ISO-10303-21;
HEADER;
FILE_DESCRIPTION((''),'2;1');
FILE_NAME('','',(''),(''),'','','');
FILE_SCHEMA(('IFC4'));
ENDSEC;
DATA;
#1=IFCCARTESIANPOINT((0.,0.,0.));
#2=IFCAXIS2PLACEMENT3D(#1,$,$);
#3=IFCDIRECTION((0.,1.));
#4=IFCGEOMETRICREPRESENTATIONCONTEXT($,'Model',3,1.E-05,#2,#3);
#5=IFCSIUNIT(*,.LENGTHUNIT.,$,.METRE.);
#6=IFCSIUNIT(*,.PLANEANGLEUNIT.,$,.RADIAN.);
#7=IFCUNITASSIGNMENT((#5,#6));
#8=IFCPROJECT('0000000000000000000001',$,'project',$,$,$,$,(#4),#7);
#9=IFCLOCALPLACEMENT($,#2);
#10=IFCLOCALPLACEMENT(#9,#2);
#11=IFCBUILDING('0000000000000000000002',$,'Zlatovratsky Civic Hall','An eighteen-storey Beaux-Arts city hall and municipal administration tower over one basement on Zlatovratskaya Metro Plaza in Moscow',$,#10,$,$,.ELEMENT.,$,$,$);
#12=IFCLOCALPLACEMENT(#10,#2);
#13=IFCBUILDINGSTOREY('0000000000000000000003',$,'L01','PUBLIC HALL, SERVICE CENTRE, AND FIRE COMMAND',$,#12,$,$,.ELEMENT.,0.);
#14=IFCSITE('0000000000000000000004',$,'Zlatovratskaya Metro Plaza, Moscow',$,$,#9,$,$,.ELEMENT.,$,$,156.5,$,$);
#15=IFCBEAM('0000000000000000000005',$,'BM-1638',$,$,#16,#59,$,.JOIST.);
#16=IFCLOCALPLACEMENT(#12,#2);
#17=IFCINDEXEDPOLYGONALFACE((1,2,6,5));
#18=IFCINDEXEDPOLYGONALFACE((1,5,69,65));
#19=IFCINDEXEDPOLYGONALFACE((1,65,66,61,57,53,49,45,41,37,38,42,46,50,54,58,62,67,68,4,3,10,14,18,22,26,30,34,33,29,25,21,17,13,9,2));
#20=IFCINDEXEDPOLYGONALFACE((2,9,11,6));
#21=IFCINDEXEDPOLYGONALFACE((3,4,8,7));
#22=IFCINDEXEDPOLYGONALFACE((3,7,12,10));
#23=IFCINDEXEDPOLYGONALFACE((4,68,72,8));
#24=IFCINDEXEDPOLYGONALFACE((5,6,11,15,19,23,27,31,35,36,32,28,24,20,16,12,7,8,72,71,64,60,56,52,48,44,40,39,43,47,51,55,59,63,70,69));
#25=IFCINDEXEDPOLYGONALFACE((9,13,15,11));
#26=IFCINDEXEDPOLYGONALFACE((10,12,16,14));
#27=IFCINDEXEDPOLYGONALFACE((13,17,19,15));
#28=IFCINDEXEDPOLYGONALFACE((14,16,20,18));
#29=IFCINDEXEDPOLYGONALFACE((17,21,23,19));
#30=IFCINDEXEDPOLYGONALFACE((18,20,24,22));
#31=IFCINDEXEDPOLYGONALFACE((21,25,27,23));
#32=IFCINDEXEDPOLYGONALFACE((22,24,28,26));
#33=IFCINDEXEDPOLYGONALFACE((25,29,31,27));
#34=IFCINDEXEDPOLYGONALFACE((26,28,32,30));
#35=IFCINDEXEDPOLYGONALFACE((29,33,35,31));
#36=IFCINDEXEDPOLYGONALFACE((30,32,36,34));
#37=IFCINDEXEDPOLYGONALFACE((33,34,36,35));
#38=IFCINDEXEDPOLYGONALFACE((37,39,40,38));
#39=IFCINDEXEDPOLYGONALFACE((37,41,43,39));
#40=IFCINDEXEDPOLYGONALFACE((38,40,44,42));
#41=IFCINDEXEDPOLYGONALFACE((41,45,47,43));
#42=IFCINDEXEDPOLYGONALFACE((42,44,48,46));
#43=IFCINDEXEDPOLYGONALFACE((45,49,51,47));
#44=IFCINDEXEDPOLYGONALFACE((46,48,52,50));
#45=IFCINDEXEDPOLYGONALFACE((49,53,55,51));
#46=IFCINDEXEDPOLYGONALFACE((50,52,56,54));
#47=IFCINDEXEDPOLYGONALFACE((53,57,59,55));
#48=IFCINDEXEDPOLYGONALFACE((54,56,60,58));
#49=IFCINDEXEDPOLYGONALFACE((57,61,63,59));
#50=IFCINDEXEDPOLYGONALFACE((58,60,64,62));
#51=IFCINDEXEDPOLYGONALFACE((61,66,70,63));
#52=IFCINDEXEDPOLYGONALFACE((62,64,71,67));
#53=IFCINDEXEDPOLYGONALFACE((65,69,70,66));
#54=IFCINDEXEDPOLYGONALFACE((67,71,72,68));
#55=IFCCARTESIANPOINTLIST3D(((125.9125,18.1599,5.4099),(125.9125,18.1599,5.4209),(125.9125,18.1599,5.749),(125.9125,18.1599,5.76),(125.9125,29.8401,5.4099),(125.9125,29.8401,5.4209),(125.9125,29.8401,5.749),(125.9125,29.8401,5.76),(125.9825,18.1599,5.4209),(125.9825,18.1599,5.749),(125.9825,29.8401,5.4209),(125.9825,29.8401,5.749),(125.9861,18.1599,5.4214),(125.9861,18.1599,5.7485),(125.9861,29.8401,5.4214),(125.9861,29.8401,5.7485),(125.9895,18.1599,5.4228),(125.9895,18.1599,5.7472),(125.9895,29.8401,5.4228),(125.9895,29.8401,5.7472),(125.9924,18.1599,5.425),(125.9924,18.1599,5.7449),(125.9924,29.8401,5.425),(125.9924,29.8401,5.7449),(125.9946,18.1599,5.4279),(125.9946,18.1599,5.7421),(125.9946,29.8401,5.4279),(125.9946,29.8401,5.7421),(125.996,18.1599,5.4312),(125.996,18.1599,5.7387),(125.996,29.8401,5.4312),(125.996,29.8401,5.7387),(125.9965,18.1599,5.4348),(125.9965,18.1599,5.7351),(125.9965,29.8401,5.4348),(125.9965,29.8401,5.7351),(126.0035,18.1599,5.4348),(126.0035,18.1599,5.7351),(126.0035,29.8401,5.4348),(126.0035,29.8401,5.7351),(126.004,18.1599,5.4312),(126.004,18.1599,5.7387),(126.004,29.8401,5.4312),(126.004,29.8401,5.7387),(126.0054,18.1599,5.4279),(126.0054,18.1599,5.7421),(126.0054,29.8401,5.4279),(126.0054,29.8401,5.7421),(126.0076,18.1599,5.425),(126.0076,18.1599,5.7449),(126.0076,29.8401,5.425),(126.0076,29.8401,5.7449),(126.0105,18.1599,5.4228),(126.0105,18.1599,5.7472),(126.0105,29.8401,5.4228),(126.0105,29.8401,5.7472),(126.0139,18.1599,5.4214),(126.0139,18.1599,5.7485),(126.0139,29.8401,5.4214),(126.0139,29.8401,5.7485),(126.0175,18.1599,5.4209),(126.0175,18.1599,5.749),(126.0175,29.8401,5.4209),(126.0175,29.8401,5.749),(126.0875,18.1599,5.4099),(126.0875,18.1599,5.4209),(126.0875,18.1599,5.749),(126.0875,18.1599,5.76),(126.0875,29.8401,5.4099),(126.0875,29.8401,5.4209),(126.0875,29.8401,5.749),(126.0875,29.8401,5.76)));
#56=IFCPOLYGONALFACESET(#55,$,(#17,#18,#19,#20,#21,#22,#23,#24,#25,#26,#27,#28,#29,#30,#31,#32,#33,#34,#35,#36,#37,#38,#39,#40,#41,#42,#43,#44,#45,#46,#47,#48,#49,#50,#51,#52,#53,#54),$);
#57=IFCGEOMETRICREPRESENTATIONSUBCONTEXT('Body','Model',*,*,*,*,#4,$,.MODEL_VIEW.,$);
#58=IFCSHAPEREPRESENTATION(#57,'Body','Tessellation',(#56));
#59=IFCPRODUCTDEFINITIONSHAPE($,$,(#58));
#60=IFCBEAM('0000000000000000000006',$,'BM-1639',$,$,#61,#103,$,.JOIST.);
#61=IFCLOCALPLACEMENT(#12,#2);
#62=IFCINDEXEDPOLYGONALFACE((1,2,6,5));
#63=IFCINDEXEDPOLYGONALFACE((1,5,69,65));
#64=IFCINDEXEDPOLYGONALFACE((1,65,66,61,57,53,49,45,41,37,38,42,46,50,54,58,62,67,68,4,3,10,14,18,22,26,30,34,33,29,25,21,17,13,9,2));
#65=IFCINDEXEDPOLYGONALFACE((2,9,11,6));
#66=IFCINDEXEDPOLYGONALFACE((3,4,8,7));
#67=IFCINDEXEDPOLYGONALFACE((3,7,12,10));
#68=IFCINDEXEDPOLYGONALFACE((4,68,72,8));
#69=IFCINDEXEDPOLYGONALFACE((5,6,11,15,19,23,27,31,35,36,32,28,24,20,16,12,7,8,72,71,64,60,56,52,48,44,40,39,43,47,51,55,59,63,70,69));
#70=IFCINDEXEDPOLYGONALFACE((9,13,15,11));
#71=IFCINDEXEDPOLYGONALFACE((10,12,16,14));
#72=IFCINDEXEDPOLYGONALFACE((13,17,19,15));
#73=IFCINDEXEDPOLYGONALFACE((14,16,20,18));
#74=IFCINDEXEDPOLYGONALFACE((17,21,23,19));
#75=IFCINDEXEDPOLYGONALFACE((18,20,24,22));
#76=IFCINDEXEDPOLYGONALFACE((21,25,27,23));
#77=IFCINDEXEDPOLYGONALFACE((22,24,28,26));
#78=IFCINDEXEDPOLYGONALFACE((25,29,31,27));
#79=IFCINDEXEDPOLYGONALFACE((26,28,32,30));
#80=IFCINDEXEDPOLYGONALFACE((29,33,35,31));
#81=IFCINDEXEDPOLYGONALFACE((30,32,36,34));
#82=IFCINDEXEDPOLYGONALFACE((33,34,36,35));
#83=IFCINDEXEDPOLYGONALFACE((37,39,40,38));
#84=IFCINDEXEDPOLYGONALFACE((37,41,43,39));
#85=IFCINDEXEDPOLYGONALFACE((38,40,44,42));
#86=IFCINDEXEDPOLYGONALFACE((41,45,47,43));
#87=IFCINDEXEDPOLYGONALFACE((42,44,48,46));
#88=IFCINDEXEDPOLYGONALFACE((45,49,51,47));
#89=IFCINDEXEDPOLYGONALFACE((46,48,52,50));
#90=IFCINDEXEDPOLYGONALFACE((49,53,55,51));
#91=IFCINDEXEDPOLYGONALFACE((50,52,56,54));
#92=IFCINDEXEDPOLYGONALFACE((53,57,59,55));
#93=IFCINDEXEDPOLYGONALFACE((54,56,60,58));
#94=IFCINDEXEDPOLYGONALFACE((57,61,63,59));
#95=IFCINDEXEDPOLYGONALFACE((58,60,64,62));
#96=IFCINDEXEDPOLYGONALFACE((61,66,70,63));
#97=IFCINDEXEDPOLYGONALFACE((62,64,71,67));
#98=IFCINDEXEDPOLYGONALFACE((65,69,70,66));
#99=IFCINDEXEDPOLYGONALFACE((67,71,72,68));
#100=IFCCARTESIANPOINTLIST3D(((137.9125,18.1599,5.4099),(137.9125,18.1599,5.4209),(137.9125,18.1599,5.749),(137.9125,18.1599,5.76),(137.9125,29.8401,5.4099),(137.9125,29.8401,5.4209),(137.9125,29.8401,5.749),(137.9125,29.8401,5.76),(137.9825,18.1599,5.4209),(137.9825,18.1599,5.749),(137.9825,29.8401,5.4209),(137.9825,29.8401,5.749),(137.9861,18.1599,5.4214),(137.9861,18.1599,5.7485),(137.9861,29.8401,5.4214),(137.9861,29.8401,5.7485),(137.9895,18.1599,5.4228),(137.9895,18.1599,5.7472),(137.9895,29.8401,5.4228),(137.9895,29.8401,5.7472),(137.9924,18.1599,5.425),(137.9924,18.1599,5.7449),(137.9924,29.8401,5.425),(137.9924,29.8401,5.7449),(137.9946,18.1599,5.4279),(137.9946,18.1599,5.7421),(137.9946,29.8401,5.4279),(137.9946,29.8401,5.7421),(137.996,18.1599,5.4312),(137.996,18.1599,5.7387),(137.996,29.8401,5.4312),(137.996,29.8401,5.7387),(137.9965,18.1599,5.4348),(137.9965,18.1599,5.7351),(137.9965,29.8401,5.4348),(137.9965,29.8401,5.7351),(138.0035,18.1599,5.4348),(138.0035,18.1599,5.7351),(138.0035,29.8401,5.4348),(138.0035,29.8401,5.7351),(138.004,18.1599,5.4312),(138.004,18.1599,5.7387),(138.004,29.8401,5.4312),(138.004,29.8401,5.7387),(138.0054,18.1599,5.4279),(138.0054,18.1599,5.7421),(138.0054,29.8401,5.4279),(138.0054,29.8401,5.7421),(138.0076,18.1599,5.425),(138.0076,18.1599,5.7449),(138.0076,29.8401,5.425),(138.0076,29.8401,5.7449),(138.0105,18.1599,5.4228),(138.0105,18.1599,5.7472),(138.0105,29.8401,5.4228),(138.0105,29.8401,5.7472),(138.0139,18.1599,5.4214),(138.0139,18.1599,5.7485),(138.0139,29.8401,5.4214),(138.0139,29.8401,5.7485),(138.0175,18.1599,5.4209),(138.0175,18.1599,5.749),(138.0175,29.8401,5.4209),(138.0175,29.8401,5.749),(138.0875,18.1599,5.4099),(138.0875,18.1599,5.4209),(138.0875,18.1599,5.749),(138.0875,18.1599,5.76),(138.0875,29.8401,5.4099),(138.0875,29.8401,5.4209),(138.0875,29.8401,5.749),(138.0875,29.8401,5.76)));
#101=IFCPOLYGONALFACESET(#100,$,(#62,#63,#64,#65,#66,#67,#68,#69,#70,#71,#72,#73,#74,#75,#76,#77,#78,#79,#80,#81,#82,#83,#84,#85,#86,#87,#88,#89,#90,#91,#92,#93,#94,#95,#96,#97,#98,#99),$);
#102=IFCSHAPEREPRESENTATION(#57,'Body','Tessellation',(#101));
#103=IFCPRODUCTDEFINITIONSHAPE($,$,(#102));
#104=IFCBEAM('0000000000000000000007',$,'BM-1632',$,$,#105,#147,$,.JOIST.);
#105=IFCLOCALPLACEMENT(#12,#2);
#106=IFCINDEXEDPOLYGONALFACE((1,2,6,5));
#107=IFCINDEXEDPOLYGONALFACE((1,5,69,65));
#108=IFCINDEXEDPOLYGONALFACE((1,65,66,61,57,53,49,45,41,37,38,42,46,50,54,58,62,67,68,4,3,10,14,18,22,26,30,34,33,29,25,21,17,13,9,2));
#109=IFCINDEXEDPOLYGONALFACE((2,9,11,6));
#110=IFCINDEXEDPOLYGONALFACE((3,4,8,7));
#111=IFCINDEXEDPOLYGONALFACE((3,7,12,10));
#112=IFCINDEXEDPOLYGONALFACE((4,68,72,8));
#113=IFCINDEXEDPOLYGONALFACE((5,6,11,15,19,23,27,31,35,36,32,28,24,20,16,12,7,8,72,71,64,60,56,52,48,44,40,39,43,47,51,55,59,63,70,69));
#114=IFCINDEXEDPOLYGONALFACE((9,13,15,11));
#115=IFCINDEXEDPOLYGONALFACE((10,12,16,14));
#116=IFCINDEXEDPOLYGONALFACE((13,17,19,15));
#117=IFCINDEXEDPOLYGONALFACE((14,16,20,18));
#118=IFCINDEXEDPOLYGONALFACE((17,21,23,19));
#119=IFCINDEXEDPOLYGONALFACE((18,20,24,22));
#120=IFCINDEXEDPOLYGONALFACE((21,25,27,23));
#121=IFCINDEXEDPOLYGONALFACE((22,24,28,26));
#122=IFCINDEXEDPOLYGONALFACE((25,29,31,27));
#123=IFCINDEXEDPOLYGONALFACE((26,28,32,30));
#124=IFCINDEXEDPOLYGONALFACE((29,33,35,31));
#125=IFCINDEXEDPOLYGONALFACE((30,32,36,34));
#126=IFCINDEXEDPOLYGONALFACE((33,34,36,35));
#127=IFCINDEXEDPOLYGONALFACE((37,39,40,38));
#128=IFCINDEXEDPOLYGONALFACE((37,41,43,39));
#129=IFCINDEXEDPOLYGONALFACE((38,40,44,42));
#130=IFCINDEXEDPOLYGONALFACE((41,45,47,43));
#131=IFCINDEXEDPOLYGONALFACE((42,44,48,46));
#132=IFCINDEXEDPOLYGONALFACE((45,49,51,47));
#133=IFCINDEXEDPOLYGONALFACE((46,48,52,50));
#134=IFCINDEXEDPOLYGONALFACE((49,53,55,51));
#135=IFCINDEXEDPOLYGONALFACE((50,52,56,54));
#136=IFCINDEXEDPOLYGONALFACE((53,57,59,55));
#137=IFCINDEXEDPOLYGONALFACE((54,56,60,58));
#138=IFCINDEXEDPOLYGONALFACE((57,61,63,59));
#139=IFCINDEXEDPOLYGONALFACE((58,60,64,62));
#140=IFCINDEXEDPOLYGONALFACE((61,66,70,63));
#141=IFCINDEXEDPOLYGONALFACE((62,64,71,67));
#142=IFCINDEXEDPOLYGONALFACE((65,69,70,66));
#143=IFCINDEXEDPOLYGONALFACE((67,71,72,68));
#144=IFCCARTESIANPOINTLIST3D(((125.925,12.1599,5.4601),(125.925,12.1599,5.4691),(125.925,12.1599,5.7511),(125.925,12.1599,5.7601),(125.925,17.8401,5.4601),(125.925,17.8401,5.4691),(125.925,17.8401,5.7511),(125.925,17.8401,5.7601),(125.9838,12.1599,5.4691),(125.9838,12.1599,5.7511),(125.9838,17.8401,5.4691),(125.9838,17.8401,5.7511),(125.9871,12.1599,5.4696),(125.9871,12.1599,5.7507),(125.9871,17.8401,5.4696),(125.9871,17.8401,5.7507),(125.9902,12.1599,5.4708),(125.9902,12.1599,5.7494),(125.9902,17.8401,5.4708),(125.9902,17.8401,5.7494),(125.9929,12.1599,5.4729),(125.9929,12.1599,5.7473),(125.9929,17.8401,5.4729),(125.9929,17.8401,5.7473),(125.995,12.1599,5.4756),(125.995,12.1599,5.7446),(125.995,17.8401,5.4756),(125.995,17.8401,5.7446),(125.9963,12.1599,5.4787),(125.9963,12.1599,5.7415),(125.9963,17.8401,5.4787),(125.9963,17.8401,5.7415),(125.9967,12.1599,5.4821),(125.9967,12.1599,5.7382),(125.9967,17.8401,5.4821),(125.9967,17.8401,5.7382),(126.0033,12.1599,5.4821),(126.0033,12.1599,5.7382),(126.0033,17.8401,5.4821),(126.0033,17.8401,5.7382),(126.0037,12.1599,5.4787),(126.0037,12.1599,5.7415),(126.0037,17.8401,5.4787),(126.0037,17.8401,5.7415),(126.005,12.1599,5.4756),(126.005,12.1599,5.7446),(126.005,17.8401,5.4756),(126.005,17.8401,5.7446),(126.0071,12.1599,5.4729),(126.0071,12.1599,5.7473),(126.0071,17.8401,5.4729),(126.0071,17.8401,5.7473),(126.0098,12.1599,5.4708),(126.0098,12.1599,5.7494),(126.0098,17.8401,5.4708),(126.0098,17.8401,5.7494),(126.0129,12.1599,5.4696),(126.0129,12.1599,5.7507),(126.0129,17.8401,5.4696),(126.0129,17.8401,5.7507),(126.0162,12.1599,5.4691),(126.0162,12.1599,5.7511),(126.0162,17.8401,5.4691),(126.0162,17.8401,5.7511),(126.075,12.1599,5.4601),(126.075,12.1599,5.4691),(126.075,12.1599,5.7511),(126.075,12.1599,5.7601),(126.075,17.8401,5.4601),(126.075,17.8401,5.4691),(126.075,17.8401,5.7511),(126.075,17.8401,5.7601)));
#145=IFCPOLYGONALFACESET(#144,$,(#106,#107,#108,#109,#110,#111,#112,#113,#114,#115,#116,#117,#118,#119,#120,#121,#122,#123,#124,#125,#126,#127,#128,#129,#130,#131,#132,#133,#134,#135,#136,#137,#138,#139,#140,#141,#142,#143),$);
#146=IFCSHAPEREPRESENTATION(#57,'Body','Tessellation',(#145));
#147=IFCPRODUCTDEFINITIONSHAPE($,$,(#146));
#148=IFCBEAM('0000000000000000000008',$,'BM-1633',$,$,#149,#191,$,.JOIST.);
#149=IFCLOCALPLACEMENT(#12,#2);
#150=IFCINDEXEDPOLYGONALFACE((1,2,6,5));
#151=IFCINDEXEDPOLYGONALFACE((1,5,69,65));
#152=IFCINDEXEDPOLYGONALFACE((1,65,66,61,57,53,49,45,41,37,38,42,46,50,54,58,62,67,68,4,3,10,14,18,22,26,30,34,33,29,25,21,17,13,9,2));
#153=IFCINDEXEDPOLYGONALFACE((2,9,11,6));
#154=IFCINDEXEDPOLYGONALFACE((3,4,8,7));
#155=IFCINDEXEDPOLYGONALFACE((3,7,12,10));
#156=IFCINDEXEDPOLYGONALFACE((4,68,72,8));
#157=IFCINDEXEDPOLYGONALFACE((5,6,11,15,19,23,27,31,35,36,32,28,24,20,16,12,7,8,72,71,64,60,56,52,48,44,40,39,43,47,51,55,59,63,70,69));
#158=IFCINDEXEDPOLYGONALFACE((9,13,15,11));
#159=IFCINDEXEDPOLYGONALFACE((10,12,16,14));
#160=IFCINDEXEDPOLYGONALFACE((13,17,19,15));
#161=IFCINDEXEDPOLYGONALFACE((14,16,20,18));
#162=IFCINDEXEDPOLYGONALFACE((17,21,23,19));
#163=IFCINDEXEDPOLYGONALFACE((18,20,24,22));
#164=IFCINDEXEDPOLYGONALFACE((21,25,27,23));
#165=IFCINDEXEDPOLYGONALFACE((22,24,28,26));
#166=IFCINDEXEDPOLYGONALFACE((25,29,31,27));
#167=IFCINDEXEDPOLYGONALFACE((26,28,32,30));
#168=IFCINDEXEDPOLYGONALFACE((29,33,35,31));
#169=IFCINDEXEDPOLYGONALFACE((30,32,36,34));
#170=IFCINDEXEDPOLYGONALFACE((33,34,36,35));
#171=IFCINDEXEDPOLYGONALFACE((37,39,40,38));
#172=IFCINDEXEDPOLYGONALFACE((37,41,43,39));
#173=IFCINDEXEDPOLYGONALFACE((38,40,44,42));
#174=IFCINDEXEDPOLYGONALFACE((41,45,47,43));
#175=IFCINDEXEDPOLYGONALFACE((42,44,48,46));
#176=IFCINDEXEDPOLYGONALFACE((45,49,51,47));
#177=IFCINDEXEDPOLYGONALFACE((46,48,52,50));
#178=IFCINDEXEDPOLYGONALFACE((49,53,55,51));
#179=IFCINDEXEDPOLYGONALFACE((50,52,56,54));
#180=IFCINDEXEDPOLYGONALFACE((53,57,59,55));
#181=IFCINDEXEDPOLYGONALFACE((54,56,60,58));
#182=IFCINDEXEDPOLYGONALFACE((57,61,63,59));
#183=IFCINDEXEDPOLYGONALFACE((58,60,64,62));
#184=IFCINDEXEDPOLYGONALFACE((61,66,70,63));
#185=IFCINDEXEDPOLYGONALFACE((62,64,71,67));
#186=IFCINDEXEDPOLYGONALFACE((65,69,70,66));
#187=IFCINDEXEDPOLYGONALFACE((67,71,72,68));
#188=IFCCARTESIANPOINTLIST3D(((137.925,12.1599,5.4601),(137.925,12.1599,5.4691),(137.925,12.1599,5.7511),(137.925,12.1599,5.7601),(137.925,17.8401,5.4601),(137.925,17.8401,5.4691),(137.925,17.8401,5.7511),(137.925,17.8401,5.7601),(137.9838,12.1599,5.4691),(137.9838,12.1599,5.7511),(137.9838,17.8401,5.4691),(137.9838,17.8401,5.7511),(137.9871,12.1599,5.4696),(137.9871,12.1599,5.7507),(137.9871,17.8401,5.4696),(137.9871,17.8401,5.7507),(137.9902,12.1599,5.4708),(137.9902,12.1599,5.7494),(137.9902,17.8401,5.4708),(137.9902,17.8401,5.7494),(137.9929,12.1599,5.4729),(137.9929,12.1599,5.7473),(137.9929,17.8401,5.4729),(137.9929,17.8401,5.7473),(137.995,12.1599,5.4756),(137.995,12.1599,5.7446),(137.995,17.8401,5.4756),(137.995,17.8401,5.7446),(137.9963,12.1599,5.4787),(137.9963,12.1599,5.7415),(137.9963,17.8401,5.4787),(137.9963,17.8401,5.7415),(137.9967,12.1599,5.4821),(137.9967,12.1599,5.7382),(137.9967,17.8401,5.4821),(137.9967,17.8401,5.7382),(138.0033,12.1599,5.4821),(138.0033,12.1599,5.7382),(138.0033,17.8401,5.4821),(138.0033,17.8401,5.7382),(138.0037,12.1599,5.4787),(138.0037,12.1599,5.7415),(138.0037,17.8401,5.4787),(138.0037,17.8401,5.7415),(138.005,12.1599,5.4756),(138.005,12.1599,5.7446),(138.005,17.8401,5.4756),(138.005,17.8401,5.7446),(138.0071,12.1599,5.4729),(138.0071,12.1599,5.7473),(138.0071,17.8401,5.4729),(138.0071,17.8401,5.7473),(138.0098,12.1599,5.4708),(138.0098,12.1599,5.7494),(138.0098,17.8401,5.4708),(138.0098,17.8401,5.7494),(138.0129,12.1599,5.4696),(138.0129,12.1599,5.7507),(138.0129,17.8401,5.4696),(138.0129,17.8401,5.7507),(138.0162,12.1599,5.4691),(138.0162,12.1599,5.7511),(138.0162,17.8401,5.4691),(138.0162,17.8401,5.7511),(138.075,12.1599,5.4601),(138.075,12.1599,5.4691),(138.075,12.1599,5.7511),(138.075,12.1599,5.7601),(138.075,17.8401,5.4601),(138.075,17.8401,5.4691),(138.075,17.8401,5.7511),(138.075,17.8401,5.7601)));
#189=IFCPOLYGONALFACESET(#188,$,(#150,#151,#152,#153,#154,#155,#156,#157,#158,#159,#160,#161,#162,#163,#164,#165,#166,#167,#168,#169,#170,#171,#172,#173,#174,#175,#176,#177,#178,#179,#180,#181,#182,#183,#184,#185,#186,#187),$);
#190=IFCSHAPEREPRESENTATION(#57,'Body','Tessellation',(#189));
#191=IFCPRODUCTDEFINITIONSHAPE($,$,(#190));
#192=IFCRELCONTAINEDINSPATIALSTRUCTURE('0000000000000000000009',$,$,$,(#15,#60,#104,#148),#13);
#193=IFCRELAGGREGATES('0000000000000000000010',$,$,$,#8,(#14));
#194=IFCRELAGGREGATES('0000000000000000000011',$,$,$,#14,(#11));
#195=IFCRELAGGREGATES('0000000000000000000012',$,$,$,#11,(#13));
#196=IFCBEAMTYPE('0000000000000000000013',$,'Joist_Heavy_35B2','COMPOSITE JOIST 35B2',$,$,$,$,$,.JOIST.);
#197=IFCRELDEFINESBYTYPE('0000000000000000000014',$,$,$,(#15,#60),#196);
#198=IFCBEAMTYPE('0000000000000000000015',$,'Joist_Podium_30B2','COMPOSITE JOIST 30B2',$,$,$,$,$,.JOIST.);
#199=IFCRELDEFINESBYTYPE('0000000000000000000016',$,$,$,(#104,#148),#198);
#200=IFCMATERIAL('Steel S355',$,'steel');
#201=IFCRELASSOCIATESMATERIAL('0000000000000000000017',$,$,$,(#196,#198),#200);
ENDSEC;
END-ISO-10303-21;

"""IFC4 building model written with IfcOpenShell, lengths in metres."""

from ifc_helpers import new_model, si_unit, direction, frame, origin, origin_2d, place, context, subcontext, project, spatial, i_section, extrude, material, material_profile, profile_set, type_object, element, save


model = new_model("IFC4")

# Units and contexts
model_context = context("Model", 3, precision=1e-05, world=origin(), true_north=direction((0.0, 1.0)))
body_context = subcontext(model_context, "Body", "Model", "MODEL_VIEW")
ifc_project = project(units=[si_unit("LENGTHUNIT", "METRE"), si_unit("PLANEANGLEUNIT", "RADIAN")], contexts=[model_context])

# Site, building, storey
site_placement = place(None, origin())
site = spatial("IfcSite", under=ifc_project, at=site_placement, Name="Zlatovratskaya Metro Plaza, Moscow", CompositionType="ELEMENT", RefElevation=156.5)
building_placement = place(site_placement, origin())
building = spatial("IfcBuilding", under=site, at=building_placement, Name="Zlatovratsky Civic Hall", Description="An eighteen-storey Beaux-Arts city hall and municipal administration tower over one basement on Zlatovratskaya Metro Plaza in Moscow", CompositionType="ELEMENT")
storey_placement = place(building_placement, origin())
storey = spatial("IfcBuildingStorey", under=building, at=storey_placement, Name="L01", Description="PUBLIC HALL, SERVICE CENTRE, AND FIRE COMMAND", CompositionType="ELEMENT", Elevation=0.0)

# Shared definitions
ifc_material_1 = material(Name="Steel S355", Category="steel")

# Beams
ifc_material_profile_1 = material_profile(ifc_material_1, i_section(OverallWidth=0.175, OverallDepth=0.3501, WebThickness=0.0071, FlangeThickness=0.011, FilletRadius=0.0139, at=origin_2d()), Name="35B2")
ifc_profile_set_1 = profile_set([ifc_material_profile_1], Name="Steel S355")
beam_type_1 = type_object("IfcBeamType", Name="Joist_Heavy_35B2", Description="COMPOSITE JOIST 35B2", PredefinedType="JOIST", material=ifc_profile_set_1)
for number, where, z_axis, x_axis, name in (
    (1, (126.0, 18.1599, 5.585), (0.0, 1.0, 0.0), (-1.0, 0.0, 0.0), "BM-1638"),
    (2, (138.0, 18.1599, 5.585), (0.0, 1.0, 0.0), (-1.0, 0.0, 0.0), "BM-1639"),
):
    element("IfcBeam", number, at=place(storey_placement, frame(where, z_axis=z_axis, x_axis=x_axis)), inside=storey, type_object=beam_type_1, Name=name, PredefinedType="JOIST", context=body_context, shape_type="SweptSolid", body=[
        extrude(i_section(OverallWidth=0.175, OverallDepth=0.3501, WebThickness=0.0071, FlangeThickness=0.011, FilletRadius=0.0139, at=origin_2d()), origin(), (0.0, 0.0, 1.0), 11.6802),
    ])
ifc_material_profile_2 = material_profile(ifc_material_1, i_section(OverallWidth=0.1499, OverallDepth=0.3, WebThickness=0.0066, FlangeThickness=0.009, FilletRadius=0.0129, at=origin_2d()), Name="30B2")
ifc_profile_set_2 = profile_set([ifc_material_profile_2], Name="Steel S355")
beam_type_2 = type_object("IfcBeamType", Name="Joist_Podium_30B2", Description="COMPOSITE JOIST 30B2", PredefinedType="JOIST", material=ifc_profile_set_2)
for number, where, z_axis, x_axis, name in (
    (3, (126.0, 12.1599, 5.6101), (0.0, 1.0, 0.0), (-1.0, 0.0, 0.0), "BM-1632"),
    (4, (138.0, 12.1599, 5.6101), (0.0, 1.0, 0.0), (-1.0, 0.0, 0.0), "BM-1633"),
):
    element("IfcBeam", number, at=place(storey_placement, frame(where, z_axis=z_axis, x_axis=x_axis)), inside=storey, type_object=beam_type_2, Name=name, PredefinedType="JOIST", context=body_context, shape_type="SweptSolid", body=[
        extrude(i_section(OverallWidth=0.1499, OverallDepth=0.3, WebThickness=0.0066, FlangeThickness=0.009, FilletRadius=0.0129, at=origin_2d()), origin(), (0.0, 0.0, 1.0), 5.6802),
    ])

save(model, "model.ifc")
